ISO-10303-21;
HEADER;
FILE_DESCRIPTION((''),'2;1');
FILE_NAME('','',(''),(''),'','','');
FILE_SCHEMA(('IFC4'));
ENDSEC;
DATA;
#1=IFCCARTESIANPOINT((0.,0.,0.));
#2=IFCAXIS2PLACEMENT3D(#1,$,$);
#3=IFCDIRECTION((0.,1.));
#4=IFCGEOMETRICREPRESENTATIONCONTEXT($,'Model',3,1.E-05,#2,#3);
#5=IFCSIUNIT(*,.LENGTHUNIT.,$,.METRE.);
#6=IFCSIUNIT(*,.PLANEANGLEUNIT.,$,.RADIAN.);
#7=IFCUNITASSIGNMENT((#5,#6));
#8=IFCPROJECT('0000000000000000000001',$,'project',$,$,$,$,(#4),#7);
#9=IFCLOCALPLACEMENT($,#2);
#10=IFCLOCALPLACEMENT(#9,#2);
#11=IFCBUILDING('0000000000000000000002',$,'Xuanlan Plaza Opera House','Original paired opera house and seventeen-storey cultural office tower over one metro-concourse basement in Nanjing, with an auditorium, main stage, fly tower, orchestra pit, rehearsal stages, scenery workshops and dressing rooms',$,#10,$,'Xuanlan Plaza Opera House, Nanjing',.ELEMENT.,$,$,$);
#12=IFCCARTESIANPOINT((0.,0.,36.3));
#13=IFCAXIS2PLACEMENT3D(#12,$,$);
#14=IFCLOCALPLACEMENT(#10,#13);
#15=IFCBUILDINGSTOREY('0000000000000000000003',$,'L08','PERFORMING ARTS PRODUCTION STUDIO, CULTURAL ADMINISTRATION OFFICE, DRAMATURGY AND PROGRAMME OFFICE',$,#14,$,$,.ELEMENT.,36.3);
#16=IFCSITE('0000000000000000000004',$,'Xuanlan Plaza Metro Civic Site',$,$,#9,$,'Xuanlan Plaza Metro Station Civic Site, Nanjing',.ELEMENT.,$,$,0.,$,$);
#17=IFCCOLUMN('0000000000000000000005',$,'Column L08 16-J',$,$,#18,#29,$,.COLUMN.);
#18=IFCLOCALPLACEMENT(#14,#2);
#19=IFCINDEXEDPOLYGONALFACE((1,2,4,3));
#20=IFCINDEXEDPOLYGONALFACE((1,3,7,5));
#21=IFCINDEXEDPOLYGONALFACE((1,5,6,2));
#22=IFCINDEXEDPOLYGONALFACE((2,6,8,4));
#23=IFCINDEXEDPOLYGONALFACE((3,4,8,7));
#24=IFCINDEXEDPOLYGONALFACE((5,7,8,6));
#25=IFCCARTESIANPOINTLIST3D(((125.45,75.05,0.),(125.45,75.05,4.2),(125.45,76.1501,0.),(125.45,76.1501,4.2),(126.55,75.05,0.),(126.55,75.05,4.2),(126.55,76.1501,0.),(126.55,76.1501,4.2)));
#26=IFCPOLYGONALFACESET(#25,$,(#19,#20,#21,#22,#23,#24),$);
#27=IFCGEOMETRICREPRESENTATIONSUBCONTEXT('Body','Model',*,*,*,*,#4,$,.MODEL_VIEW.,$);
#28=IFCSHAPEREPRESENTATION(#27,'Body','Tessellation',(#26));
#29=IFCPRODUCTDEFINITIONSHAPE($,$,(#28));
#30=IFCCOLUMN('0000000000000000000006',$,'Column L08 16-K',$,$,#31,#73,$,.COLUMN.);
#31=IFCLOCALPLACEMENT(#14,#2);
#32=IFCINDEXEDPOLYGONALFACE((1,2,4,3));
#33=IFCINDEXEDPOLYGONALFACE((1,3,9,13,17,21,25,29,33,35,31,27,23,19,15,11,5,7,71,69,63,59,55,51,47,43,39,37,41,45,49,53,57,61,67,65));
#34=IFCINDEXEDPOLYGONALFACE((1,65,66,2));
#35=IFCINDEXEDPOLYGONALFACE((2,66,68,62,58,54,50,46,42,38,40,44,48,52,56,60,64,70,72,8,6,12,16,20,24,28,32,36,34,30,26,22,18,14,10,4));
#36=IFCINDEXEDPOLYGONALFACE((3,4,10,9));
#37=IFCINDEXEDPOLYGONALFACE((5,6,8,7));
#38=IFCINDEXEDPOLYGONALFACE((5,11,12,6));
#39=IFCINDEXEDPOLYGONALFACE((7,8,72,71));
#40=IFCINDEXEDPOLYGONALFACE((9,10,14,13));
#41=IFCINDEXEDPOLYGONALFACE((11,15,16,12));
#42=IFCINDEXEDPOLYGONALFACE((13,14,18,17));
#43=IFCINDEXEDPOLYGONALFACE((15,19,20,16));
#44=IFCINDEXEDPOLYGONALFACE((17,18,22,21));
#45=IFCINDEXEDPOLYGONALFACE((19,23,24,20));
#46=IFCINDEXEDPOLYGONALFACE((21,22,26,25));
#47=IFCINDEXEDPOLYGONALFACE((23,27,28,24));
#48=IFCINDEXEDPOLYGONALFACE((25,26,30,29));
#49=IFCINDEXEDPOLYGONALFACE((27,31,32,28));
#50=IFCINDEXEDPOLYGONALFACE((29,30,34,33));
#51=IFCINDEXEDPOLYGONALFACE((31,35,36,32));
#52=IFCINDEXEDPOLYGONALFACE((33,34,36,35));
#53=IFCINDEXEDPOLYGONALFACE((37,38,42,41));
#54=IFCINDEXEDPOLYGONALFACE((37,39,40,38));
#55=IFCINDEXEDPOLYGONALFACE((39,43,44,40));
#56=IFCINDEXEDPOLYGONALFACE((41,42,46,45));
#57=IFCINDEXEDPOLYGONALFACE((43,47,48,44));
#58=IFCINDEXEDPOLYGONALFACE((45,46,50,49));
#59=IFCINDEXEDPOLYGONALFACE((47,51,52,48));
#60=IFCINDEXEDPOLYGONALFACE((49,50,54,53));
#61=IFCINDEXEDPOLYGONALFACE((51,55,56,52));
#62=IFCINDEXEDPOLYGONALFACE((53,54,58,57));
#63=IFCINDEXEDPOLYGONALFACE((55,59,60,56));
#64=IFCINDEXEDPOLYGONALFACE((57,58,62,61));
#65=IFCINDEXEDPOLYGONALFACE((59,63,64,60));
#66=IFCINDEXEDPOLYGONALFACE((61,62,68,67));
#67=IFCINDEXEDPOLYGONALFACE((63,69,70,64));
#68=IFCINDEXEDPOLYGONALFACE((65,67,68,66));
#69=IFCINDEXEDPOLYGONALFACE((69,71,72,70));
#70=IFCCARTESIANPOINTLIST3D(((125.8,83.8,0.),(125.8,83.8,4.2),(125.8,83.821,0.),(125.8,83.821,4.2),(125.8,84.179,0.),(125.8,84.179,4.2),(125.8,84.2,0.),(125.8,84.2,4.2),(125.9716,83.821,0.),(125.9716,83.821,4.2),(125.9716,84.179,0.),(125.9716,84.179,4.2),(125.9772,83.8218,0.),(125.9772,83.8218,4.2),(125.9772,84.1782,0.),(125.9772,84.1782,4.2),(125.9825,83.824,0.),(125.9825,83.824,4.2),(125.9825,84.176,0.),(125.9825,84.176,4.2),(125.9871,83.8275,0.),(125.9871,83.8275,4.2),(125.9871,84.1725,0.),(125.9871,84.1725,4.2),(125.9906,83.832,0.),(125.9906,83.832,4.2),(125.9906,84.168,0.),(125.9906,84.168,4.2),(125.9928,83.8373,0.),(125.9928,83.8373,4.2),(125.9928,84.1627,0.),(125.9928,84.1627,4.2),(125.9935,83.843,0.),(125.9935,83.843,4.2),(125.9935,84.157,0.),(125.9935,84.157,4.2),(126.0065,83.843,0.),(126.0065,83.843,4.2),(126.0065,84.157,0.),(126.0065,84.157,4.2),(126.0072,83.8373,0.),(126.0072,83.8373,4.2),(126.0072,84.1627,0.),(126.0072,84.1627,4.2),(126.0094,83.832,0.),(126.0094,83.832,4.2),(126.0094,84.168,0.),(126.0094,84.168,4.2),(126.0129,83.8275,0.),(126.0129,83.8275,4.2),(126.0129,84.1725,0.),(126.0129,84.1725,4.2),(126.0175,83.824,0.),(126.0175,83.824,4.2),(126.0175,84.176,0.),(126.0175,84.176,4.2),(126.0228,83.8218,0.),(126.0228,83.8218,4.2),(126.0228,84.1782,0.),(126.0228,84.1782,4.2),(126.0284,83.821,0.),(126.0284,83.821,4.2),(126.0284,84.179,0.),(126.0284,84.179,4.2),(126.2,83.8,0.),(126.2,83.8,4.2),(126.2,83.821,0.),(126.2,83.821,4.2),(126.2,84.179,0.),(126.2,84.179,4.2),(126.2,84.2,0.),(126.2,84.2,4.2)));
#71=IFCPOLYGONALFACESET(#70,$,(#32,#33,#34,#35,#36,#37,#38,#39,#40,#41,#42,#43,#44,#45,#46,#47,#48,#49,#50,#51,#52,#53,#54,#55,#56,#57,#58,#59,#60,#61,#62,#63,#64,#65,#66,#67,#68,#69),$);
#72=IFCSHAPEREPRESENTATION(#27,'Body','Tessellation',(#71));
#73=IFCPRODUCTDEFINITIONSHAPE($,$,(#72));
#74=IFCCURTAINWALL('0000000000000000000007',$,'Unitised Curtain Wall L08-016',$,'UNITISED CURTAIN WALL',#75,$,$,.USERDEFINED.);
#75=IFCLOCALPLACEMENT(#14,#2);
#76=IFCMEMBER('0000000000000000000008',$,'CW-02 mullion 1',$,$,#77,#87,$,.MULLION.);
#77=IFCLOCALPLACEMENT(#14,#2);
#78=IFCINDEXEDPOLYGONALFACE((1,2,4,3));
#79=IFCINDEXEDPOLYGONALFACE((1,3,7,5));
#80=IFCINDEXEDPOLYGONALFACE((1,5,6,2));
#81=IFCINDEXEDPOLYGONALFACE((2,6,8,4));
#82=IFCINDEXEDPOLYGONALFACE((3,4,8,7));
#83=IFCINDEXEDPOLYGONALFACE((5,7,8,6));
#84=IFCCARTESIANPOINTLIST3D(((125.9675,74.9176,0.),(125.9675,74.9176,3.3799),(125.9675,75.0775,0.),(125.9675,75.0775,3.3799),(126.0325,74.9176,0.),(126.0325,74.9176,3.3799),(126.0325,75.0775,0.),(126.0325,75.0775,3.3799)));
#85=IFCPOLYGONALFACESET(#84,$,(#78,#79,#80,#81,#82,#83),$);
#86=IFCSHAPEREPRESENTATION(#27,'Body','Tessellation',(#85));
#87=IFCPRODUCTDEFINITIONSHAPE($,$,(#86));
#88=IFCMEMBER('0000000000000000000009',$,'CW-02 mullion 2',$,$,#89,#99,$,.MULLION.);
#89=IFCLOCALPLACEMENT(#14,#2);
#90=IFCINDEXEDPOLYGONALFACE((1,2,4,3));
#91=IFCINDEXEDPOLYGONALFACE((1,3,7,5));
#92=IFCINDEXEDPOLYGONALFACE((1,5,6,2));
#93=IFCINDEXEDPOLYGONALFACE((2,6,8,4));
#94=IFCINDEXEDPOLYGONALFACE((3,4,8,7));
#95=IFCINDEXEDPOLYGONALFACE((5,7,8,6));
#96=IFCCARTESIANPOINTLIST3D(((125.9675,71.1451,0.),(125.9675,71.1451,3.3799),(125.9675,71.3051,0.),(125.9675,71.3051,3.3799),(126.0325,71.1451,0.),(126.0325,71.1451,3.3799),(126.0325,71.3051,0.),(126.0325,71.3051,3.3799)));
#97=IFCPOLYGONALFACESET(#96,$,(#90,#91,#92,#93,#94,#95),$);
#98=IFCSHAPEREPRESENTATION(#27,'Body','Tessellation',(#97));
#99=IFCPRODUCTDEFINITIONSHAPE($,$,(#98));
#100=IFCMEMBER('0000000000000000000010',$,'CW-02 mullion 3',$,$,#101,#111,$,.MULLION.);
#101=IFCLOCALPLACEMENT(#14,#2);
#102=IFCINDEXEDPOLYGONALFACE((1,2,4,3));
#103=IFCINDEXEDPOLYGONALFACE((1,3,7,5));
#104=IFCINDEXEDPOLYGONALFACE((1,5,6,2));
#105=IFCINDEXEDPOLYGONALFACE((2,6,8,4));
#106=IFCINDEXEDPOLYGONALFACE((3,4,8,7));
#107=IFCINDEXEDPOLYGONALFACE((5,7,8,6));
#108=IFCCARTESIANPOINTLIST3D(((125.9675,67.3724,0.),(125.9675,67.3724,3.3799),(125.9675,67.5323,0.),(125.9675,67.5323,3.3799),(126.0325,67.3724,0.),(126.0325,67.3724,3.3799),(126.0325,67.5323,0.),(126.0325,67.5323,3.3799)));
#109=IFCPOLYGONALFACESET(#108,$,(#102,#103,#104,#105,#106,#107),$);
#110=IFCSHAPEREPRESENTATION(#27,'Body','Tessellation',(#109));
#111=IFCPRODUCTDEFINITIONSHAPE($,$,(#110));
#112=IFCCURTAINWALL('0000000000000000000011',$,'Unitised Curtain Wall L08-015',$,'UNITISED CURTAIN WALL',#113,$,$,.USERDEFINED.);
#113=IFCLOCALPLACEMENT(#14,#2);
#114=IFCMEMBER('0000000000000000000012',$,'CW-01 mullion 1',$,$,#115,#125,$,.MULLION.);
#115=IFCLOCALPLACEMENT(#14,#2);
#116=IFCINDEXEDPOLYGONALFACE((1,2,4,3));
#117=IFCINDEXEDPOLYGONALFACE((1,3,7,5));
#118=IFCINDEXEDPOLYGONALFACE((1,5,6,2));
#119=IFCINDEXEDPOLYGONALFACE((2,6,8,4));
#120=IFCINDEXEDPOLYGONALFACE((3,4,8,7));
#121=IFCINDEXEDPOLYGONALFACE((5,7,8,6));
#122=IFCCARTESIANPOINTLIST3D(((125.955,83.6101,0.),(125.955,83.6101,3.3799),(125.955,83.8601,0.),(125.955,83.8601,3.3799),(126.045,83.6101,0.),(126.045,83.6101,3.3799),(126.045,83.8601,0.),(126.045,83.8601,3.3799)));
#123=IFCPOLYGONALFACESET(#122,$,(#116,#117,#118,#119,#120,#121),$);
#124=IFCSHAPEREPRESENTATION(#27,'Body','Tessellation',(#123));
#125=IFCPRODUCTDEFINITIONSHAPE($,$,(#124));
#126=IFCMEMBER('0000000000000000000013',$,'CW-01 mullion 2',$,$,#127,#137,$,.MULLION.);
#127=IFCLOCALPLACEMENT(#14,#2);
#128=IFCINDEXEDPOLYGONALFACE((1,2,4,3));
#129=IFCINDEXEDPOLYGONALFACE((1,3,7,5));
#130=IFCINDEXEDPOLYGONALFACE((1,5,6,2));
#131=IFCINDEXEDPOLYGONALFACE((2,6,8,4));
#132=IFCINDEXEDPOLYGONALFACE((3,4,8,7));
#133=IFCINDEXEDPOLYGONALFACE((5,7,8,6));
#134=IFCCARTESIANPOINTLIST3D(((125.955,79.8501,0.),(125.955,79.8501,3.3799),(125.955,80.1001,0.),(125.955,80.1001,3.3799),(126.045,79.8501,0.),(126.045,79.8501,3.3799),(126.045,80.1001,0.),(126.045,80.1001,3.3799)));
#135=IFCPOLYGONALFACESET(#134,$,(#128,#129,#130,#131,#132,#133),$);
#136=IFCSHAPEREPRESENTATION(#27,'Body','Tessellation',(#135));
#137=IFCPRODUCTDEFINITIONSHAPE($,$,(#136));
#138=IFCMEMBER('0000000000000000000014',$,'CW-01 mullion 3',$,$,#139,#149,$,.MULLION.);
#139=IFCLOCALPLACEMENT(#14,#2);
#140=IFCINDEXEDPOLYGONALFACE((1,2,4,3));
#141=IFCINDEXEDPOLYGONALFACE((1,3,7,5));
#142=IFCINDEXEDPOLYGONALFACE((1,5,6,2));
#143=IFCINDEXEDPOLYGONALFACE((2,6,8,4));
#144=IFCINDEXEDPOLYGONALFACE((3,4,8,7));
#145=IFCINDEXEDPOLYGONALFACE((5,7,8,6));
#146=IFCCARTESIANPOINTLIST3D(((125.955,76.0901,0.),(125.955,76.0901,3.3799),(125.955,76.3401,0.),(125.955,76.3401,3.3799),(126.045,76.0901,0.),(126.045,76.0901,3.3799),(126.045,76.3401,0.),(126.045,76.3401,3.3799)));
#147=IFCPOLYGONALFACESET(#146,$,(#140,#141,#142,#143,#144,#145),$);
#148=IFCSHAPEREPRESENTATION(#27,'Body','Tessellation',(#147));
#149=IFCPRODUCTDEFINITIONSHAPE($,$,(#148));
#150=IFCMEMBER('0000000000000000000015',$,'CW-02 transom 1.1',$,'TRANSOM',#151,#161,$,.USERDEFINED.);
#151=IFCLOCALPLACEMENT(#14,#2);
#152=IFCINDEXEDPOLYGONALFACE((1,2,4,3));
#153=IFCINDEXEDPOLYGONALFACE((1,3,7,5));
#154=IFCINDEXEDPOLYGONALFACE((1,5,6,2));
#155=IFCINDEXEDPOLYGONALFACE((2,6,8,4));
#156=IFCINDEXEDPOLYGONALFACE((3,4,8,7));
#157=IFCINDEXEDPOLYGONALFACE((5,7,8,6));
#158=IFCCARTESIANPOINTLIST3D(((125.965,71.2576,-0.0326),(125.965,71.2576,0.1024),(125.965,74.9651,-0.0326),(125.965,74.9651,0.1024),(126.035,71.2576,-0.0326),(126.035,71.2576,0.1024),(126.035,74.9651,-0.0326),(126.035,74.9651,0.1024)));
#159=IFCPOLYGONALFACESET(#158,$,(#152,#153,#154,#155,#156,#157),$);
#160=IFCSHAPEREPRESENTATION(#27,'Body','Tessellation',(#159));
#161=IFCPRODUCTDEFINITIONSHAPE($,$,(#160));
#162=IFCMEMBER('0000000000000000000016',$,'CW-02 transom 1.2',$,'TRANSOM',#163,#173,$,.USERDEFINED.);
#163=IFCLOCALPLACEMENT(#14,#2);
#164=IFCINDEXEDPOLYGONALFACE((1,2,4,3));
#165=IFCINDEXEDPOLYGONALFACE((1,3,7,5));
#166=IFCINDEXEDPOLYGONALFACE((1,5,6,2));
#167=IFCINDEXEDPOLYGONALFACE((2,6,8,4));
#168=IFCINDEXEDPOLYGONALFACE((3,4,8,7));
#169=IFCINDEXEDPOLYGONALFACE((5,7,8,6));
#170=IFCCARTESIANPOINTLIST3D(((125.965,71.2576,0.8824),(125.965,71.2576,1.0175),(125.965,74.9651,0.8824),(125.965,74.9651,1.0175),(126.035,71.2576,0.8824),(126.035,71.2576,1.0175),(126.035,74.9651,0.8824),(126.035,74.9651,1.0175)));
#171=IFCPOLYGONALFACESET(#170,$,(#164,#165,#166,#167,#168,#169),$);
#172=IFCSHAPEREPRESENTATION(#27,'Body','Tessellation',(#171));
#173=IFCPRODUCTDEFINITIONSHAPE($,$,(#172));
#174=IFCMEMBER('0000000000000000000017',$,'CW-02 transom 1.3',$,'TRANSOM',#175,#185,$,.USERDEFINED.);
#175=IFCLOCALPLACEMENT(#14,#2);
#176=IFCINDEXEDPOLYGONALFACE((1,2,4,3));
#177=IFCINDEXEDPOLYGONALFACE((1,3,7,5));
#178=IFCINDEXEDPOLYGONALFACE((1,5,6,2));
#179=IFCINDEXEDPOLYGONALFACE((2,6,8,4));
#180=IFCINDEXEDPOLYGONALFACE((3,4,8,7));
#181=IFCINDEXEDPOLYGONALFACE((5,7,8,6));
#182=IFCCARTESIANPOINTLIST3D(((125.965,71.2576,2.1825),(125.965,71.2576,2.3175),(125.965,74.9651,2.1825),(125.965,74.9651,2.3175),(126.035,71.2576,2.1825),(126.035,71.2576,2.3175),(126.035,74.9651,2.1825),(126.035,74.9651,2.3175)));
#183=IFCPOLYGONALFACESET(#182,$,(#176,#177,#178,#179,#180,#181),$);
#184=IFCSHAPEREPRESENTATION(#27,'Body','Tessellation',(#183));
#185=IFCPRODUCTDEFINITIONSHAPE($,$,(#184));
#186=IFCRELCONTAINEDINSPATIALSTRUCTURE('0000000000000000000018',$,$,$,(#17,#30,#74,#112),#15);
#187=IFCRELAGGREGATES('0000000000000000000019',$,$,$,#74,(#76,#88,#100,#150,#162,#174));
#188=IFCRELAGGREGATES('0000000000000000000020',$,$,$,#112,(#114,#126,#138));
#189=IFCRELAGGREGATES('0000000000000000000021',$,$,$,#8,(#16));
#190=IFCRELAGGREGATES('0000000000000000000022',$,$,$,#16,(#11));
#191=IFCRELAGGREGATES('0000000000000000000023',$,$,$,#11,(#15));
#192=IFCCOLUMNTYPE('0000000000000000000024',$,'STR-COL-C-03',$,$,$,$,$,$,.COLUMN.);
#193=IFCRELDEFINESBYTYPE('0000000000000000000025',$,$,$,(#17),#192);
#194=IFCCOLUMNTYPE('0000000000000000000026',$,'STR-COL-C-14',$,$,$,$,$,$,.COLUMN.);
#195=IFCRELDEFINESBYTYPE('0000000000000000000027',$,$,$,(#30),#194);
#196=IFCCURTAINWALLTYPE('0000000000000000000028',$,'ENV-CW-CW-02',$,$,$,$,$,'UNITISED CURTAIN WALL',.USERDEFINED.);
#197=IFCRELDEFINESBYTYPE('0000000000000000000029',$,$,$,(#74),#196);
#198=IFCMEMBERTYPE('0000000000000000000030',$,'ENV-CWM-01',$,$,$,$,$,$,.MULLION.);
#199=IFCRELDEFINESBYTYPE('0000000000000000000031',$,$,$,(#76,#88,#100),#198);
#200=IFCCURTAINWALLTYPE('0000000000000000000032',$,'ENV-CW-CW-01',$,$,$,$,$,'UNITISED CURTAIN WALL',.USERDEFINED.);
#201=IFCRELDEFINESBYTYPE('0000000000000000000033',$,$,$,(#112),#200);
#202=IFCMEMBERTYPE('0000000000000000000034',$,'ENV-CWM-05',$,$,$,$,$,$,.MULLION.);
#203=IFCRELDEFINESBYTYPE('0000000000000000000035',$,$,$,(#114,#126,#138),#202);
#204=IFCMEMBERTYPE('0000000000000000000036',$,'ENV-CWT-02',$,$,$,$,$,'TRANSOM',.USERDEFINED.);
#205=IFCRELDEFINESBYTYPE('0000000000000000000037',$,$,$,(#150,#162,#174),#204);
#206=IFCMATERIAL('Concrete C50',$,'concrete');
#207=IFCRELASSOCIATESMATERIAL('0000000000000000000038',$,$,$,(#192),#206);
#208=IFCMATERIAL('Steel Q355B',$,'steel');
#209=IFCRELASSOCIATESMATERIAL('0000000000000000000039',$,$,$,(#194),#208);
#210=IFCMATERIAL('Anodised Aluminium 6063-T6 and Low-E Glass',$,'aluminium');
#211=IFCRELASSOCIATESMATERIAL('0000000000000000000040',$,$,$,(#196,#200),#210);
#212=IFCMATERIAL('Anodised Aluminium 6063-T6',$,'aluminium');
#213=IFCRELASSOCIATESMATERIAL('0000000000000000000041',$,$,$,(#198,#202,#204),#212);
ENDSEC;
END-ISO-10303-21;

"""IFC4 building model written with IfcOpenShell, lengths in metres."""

from ifc_helpers import new_model, si_unit, direction, frame, origin, origin_2d, place, context, subcontext, project, spatial, rectangle, i_section, extrude, material, material_profile, profile_set, type_object, element, aggregate, save


model = new_model("IFC4")

# Units and contexts
model_context = context("Model", 3, precision=1e-05, world=origin(), true_north=direction((0.0, 1.0)))
body_context = subcontext(model_context, "Body", "Model", "MODEL_VIEW")
ifc_project = project(units=[si_unit("LENGTHUNIT", "METRE"), si_unit("PLANEANGLEUNIT", "RADIAN")], contexts=[model_context])

# Site, building, storey
site_placement = place(None, origin())
site = spatial("IfcSite", under=ifc_project, at=site_placement, Name="Xuanlan Plaza Metro Civic Site", LongName="Xuanlan Plaza Metro Station Civic Site, Nanjing", CompositionType="ELEMENT", RefElevation=0.0)
building_placement = place(site_placement, origin())
building = spatial("IfcBuilding", under=site, at=building_placement, Name="Xuanlan Plaza Opera House", Description="Original paired opera house and seventeen-storey cultural office tower over one metro-concourse basement in Nanjing, with an auditorium, main stage, fly tower, orchestra pit, rehearsal stages, scenery workshops and dressing rooms", LongName="Xuanlan Plaza Opera House, Nanjing", CompositionType="ELEMENT")
storey_placement = place(building_placement, frame((0.0, 0.0, 36.3)))
storey = spatial("IfcBuildingStorey", under=building, at=storey_placement, Name="L08", Description="PERFORMING ARTS PRODUCTION STUDIO, CULTURAL ADMINISTRATION OFFICE, DRAMATURGY AND PROGRAMME OFFICE", CompositionType="ELEMENT", Elevation=36.3)

# Columns
ifc_material_1 = material(Name="Concrete C50", Category="concrete")
ifc_material_profile_1 = material_profile(ifc_material_1, rectangle(XDim=1.1001, YDim=1.1001, at=origin_2d()), Name="RC-COL 1100x1100")
ifc_profile_set_1 = profile_set([ifc_material_profile_1], Name="Concrete C50")
column_type_1 = type_object("IfcColumnType", Name="STR-COL-C-03", PredefinedType="COLUMN", material=ifc_profile_set_1)
column_1_placement = place(storey_placement, frame((126.0, 75.6001, 0.0), z_axis=(0.0, 0.0, 1.0), x_axis=(1.0, 0.0, 0.0)))
element("IfcColumn", 1, at=column_1_placement, inside=storey, type_object=column_type_1, Name="Column L08 16-J", PredefinedType="COLUMN", context=body_context, shape_type="SweptSolid", body=[
    extrude(rectangle(XDim=1.1001, YDim=1.1001, at=origin_2d()), origin(), (0.0, 0.0, 1.0), 4.2),
])
ifc_material_2 = material(Name="Steel Q355B", Category="steel")
ifc_material_profile_2 = material_profile(ifc_material_2, i_section(OverallWidth=0.3999, OverallDepth=0.3999, WebThickness=0.0129, FlangeThickness=0.021, FilletRadius=0.022, at=origin_2d()), Name="HW 400x400x13x21")
ifc_profile_set_2 = profile_set([ifc_material_profile_2], Name="Steel Q355B")
column_type_2 = type_object("IfcColumnType", Name="STR-COL-C-14", PredefinedType="COLUMN", material=ifc_profile_set_2)
column_2_placement = place(storey_placement, frame((126.0, 84.0, 0.0), z_axis=(0.0, 0.0, 1.0), x_axis=(1.0, 0.0, 0.0)))
element("IfcColumn", 2, at=column_2_placement, inside=storey, type_object=column_type_2, Name="Column L08 16-K", PredefinedType="COLUMN", context=body_context, shape_type="SweptSolid", body=[
    extrude(i_section(OverallWidth=0.3999, OverallDepth=0.3999, WebThickness=0.0129, FlangeThickness=0.021, FilletRadius=0.022, at=origin_2d()), origin(), (0.0, 0.0, 1.0), 4.2),
])

# Curtain walls, members
ifc_material_3 = material(Name="Anodised Aluminium 6063-T6 and Low-E Glass", Category="aluminium")
curtain_wall_type_1 = type_object("IfcCurtainWallType", Name="ENV-CW-CW-02", ElementType="UNITISED CURTAIN WALL", PredefinedType="USERDEFINED", material=ifc_material_3)
curtain_wall_1_placement = place(storey_placement, origin())
curtain_wall_1 = element("IfcCurtainWall", 3, at=curtain_wall_1_placement, inside=storey, type_object=curtain_wall_type_1, Name="Unitised Curtain Wall L08-016", ObjectType="UNITISED CURTAIN WALL", PredefinedType="USERDEFINED")
ifc_material_4 = material(Name="Anodised Aluminium 6063-T6", Category="aluminium")
ifc_material_profile_3 = material_profile(ifc_material_4, rectangle(XDim=0.0649, YDim=0.1599, at=origin_2d()), Name="ALU-M 65x160")
ifc_profile_set_3 = profile_set([ifc_material_profile_3], Name="Anodised Aluminium 6063-T6")
member_type_1 = type_object("IfcMemberType", Name="ENV-CWM-01", PredefinedType="MULLION", material=ifc_profile_set_3)
member_1_placement = place(storey_placement, frame((126.0, 74.9976, 0.0), z_axis=(0.0, 0.0, 1.0), x_axis=(1.0, 0.0, 0.0)))
member_1 = element("IfcMember", 4, at=member_1_placement, type_object=member_type_1, Name="CW-02 mullion 1", PredefinedType="MULLION", context=body_context, shape_type="SweptSolid", body=[
    extrude(rectangle(XDim=0.0649, YDim=0.1599, at=origin_2d()), origin(), (0.0, 0.0, 1.0), 3.3799),
])
member_2_placement = place(storey_placement, frame((126.0, 71.2251, 0.0), z_axis=(0.0, 0.0, 1.0), x_axis=(1.0, 0.0, 0.0)))
member_2 = element("IfcMember", 5, at=member_2_placement, type_object=member_type_1, Name="CW-02 mullion 2", PredefinedType="MULLION", context=body_context, shape_type="SweptSolid", body=[
    extrude(rectangle(XDim=0.0649, YDim=0.1599, at=origin_2d()), origin(), (0.0, 0.0, 1.0), 3.3799),
])
member_3_placement = place(storey_placement, frame((126.0, 67.4524, 0.0), z_axis=(0.0, 0.0, 1.0), x_axis=(1.0, 0.0, 0.0)))
member_3 = element("IfcMember", 6, at=member_3_placement, type_object=member_type_1, Name="CW-02 mullion 3", PredefinedType="MULLION", context=body_context, shape_type="SweptSolid", body=[
    extrude(rectangle(XDim=0.0649, YDim=0.1599, at=origin_2d()), origin(), (0.0, 0.0, 1.0), 3.3799),
])
curtain_wall_type_2 = type_object("IfcCurtainWallType", Name="ENV-CW-CW-01", ElementType="UNITISED CURTAIN WALL", PredefinedType="USERDEFINED", material=ifc_material_3)
curtain_wall_2_placement = place(storey_placement, origin())
curtain_wall_2 = element("IfcCurtainWall", 7, at=curtain_wall_2_placement, inside=storey, type_object=curtain_wall_type_2, Name="Unitised Curtain Wall L08-015", ObjectType="UNITISED CURTAIN WALL", PredefinedType="USERDEFINED")
ifc_material_profile_4 = material_profile(ifc_material_4, rectangle(XDim=0.0901, YDim=0.25, at=origin_2d()), Name="ALU-M 90x250")
ifc_profile_set_4 = profile_set([ifc_material_profile_4], Name="Anodised Aluminium 6063-T6")
member_type_2 = type_object("IfcMemberType", Name="ENV-CWM-05", PredefinedType="MULLION", material=ifc_profile_set_4)
member_4_placement = place(storey_placement, frame((126.0, 83.7351, 0.0), z_axis=(0.0, 0.0, 1.0), x_axis=(1.0, 0.0, 0.0)))
member_4 = element("IfcMember", 8, at=member_4_placement, type_object=member_type_2, Name="CW-01 mullion 1", PredefinedType="MULLION", context=body_context, shape_type="SweptSolid", body=[
    extrude(rectangle(XDim=0.0901, YDim=0.25, at=origin_2d()), origin(), (0.0, 0.0, 1.0), 3.3799),
])
member_5_placement = place(storey_placement, frame((126.0, 79.9751, 0.0), z_axis=(0.0, 0.0, 1.0), x_axis=(1.0, 0.0, 0.0)))
member_5 = element("IfcMember", 9, at=member_5_placement, type_object=member_type_2, Name="CW-01 mullion 2", PredefinedType="MULLION", context=body_context, shape_type="SweptSolid", body=[
    extrude(rectangle(XDim=0.0901, YDim=0.25, at=origin_2d()), origin(), (0.0, 0.0, 1.0), 3.3799),
])
member_6_placement = place(storey_placement, frame((126.0, 76.2151, 0.0), z_axis=(0.0, 0.0, 1.0), x_axis=(1.0, 0.0, 0.0)))
member_6 = element("IfcMember", 10, at=member_6_placement, type_object=member_type_2, Name="CW-01 mullion 3", PredefinedType="MULLION", context=body_context, shape_type="SweptSolid", body=[
    extrude(rectangle(XDim=0.0901, YDim=0.25, at=origin_2d()), origin(), (0.0, 0.0, 1.0), 3.3799),
])

# Members
ifc_material_profile_5 = material_profile(ifc_material_4, rectangle(XDim=0.0701, YDim=0.135, at=origin_2d()), Name="ALU-T 70x135")
ifc_profile_set_5 = profile_set([ifc_material_profile_5], Name="Anodised Aluminium 6063-T6")
member_type_3 = type_object("IfcMemberType", Name="ENV-CWT-02", ElementType="TRANSOM", PredefinedType="USERDEFINED", material=ifc_profile_set_5)
member_7_placement = place(storey_placement, frame((126.0, 74.9651, 0.0349), z_axis=(0.0, -1.0, 0.0), x_axis=(1.0, 0.0, 0.0)))
member_7 = element("IfcMember", 11, at=member_7_placement, type_object=member_type_3, Name="CW-02 transom 1.1", ObjectType="TRANSOM", PredefinedType="USERDEFINED", context=body_context, shape_type="SweptSolid", body=[
    extrude(rectangle(XDim=0.0701, YDim=0.135, at=origin_2d()), origin(), (0.0, 0.0, 1.0), 3.7075),
])
member_8_placement = place(storey_placement, frame((126.0, 74.9651, 0.95), z_axis=(0.0, -1.0, 0.0), x_axis=(1.0, 0.0, 0.0)))
member_8 = element("IfcMember", 12, at=member_8_placement, type_object=member_type_3, Name="CW-02 transom 1.2", ObjectType="TRANSOM", PredefinedType="USERDEFINED", context=body_context, shape_type="SweptSolid", body=[
    extrude(rectangle(XDim=0.0701, YDim=0.135, at=origin_2d()), origin(), (0.0, 0.0, 1.0), 3.7075),
])
member_9_placement = place(storey_placement, frame((126.0, 74.9651, 2.25), z_axis=(0.0, -1.0, 0.0), x_axis=(1.0, 0.0, 0.0)))
member_9 = element("IfcMember", 13, at=member_9_placement, type_object=member_type_3, Name="CW-02 transom 1.3", ObjectType="TRANSOM", PredefinedType="USERDEFINED", context=body_context, shape_type="SweptSolid", body=[
    extrude(rectangle(XDim=0.0701, YDim=0.135, at=origin_2d()), origin(), (0.0, 0.0, 1.0), 3.7075),
])

aggregate(curtain_wall_1, [member_1, member_2, member_3, member_7, member_8, member_9])
aggregate(curtain_wall_2, [member_4, member_5, member_6])

save(model, "model.ifc")
